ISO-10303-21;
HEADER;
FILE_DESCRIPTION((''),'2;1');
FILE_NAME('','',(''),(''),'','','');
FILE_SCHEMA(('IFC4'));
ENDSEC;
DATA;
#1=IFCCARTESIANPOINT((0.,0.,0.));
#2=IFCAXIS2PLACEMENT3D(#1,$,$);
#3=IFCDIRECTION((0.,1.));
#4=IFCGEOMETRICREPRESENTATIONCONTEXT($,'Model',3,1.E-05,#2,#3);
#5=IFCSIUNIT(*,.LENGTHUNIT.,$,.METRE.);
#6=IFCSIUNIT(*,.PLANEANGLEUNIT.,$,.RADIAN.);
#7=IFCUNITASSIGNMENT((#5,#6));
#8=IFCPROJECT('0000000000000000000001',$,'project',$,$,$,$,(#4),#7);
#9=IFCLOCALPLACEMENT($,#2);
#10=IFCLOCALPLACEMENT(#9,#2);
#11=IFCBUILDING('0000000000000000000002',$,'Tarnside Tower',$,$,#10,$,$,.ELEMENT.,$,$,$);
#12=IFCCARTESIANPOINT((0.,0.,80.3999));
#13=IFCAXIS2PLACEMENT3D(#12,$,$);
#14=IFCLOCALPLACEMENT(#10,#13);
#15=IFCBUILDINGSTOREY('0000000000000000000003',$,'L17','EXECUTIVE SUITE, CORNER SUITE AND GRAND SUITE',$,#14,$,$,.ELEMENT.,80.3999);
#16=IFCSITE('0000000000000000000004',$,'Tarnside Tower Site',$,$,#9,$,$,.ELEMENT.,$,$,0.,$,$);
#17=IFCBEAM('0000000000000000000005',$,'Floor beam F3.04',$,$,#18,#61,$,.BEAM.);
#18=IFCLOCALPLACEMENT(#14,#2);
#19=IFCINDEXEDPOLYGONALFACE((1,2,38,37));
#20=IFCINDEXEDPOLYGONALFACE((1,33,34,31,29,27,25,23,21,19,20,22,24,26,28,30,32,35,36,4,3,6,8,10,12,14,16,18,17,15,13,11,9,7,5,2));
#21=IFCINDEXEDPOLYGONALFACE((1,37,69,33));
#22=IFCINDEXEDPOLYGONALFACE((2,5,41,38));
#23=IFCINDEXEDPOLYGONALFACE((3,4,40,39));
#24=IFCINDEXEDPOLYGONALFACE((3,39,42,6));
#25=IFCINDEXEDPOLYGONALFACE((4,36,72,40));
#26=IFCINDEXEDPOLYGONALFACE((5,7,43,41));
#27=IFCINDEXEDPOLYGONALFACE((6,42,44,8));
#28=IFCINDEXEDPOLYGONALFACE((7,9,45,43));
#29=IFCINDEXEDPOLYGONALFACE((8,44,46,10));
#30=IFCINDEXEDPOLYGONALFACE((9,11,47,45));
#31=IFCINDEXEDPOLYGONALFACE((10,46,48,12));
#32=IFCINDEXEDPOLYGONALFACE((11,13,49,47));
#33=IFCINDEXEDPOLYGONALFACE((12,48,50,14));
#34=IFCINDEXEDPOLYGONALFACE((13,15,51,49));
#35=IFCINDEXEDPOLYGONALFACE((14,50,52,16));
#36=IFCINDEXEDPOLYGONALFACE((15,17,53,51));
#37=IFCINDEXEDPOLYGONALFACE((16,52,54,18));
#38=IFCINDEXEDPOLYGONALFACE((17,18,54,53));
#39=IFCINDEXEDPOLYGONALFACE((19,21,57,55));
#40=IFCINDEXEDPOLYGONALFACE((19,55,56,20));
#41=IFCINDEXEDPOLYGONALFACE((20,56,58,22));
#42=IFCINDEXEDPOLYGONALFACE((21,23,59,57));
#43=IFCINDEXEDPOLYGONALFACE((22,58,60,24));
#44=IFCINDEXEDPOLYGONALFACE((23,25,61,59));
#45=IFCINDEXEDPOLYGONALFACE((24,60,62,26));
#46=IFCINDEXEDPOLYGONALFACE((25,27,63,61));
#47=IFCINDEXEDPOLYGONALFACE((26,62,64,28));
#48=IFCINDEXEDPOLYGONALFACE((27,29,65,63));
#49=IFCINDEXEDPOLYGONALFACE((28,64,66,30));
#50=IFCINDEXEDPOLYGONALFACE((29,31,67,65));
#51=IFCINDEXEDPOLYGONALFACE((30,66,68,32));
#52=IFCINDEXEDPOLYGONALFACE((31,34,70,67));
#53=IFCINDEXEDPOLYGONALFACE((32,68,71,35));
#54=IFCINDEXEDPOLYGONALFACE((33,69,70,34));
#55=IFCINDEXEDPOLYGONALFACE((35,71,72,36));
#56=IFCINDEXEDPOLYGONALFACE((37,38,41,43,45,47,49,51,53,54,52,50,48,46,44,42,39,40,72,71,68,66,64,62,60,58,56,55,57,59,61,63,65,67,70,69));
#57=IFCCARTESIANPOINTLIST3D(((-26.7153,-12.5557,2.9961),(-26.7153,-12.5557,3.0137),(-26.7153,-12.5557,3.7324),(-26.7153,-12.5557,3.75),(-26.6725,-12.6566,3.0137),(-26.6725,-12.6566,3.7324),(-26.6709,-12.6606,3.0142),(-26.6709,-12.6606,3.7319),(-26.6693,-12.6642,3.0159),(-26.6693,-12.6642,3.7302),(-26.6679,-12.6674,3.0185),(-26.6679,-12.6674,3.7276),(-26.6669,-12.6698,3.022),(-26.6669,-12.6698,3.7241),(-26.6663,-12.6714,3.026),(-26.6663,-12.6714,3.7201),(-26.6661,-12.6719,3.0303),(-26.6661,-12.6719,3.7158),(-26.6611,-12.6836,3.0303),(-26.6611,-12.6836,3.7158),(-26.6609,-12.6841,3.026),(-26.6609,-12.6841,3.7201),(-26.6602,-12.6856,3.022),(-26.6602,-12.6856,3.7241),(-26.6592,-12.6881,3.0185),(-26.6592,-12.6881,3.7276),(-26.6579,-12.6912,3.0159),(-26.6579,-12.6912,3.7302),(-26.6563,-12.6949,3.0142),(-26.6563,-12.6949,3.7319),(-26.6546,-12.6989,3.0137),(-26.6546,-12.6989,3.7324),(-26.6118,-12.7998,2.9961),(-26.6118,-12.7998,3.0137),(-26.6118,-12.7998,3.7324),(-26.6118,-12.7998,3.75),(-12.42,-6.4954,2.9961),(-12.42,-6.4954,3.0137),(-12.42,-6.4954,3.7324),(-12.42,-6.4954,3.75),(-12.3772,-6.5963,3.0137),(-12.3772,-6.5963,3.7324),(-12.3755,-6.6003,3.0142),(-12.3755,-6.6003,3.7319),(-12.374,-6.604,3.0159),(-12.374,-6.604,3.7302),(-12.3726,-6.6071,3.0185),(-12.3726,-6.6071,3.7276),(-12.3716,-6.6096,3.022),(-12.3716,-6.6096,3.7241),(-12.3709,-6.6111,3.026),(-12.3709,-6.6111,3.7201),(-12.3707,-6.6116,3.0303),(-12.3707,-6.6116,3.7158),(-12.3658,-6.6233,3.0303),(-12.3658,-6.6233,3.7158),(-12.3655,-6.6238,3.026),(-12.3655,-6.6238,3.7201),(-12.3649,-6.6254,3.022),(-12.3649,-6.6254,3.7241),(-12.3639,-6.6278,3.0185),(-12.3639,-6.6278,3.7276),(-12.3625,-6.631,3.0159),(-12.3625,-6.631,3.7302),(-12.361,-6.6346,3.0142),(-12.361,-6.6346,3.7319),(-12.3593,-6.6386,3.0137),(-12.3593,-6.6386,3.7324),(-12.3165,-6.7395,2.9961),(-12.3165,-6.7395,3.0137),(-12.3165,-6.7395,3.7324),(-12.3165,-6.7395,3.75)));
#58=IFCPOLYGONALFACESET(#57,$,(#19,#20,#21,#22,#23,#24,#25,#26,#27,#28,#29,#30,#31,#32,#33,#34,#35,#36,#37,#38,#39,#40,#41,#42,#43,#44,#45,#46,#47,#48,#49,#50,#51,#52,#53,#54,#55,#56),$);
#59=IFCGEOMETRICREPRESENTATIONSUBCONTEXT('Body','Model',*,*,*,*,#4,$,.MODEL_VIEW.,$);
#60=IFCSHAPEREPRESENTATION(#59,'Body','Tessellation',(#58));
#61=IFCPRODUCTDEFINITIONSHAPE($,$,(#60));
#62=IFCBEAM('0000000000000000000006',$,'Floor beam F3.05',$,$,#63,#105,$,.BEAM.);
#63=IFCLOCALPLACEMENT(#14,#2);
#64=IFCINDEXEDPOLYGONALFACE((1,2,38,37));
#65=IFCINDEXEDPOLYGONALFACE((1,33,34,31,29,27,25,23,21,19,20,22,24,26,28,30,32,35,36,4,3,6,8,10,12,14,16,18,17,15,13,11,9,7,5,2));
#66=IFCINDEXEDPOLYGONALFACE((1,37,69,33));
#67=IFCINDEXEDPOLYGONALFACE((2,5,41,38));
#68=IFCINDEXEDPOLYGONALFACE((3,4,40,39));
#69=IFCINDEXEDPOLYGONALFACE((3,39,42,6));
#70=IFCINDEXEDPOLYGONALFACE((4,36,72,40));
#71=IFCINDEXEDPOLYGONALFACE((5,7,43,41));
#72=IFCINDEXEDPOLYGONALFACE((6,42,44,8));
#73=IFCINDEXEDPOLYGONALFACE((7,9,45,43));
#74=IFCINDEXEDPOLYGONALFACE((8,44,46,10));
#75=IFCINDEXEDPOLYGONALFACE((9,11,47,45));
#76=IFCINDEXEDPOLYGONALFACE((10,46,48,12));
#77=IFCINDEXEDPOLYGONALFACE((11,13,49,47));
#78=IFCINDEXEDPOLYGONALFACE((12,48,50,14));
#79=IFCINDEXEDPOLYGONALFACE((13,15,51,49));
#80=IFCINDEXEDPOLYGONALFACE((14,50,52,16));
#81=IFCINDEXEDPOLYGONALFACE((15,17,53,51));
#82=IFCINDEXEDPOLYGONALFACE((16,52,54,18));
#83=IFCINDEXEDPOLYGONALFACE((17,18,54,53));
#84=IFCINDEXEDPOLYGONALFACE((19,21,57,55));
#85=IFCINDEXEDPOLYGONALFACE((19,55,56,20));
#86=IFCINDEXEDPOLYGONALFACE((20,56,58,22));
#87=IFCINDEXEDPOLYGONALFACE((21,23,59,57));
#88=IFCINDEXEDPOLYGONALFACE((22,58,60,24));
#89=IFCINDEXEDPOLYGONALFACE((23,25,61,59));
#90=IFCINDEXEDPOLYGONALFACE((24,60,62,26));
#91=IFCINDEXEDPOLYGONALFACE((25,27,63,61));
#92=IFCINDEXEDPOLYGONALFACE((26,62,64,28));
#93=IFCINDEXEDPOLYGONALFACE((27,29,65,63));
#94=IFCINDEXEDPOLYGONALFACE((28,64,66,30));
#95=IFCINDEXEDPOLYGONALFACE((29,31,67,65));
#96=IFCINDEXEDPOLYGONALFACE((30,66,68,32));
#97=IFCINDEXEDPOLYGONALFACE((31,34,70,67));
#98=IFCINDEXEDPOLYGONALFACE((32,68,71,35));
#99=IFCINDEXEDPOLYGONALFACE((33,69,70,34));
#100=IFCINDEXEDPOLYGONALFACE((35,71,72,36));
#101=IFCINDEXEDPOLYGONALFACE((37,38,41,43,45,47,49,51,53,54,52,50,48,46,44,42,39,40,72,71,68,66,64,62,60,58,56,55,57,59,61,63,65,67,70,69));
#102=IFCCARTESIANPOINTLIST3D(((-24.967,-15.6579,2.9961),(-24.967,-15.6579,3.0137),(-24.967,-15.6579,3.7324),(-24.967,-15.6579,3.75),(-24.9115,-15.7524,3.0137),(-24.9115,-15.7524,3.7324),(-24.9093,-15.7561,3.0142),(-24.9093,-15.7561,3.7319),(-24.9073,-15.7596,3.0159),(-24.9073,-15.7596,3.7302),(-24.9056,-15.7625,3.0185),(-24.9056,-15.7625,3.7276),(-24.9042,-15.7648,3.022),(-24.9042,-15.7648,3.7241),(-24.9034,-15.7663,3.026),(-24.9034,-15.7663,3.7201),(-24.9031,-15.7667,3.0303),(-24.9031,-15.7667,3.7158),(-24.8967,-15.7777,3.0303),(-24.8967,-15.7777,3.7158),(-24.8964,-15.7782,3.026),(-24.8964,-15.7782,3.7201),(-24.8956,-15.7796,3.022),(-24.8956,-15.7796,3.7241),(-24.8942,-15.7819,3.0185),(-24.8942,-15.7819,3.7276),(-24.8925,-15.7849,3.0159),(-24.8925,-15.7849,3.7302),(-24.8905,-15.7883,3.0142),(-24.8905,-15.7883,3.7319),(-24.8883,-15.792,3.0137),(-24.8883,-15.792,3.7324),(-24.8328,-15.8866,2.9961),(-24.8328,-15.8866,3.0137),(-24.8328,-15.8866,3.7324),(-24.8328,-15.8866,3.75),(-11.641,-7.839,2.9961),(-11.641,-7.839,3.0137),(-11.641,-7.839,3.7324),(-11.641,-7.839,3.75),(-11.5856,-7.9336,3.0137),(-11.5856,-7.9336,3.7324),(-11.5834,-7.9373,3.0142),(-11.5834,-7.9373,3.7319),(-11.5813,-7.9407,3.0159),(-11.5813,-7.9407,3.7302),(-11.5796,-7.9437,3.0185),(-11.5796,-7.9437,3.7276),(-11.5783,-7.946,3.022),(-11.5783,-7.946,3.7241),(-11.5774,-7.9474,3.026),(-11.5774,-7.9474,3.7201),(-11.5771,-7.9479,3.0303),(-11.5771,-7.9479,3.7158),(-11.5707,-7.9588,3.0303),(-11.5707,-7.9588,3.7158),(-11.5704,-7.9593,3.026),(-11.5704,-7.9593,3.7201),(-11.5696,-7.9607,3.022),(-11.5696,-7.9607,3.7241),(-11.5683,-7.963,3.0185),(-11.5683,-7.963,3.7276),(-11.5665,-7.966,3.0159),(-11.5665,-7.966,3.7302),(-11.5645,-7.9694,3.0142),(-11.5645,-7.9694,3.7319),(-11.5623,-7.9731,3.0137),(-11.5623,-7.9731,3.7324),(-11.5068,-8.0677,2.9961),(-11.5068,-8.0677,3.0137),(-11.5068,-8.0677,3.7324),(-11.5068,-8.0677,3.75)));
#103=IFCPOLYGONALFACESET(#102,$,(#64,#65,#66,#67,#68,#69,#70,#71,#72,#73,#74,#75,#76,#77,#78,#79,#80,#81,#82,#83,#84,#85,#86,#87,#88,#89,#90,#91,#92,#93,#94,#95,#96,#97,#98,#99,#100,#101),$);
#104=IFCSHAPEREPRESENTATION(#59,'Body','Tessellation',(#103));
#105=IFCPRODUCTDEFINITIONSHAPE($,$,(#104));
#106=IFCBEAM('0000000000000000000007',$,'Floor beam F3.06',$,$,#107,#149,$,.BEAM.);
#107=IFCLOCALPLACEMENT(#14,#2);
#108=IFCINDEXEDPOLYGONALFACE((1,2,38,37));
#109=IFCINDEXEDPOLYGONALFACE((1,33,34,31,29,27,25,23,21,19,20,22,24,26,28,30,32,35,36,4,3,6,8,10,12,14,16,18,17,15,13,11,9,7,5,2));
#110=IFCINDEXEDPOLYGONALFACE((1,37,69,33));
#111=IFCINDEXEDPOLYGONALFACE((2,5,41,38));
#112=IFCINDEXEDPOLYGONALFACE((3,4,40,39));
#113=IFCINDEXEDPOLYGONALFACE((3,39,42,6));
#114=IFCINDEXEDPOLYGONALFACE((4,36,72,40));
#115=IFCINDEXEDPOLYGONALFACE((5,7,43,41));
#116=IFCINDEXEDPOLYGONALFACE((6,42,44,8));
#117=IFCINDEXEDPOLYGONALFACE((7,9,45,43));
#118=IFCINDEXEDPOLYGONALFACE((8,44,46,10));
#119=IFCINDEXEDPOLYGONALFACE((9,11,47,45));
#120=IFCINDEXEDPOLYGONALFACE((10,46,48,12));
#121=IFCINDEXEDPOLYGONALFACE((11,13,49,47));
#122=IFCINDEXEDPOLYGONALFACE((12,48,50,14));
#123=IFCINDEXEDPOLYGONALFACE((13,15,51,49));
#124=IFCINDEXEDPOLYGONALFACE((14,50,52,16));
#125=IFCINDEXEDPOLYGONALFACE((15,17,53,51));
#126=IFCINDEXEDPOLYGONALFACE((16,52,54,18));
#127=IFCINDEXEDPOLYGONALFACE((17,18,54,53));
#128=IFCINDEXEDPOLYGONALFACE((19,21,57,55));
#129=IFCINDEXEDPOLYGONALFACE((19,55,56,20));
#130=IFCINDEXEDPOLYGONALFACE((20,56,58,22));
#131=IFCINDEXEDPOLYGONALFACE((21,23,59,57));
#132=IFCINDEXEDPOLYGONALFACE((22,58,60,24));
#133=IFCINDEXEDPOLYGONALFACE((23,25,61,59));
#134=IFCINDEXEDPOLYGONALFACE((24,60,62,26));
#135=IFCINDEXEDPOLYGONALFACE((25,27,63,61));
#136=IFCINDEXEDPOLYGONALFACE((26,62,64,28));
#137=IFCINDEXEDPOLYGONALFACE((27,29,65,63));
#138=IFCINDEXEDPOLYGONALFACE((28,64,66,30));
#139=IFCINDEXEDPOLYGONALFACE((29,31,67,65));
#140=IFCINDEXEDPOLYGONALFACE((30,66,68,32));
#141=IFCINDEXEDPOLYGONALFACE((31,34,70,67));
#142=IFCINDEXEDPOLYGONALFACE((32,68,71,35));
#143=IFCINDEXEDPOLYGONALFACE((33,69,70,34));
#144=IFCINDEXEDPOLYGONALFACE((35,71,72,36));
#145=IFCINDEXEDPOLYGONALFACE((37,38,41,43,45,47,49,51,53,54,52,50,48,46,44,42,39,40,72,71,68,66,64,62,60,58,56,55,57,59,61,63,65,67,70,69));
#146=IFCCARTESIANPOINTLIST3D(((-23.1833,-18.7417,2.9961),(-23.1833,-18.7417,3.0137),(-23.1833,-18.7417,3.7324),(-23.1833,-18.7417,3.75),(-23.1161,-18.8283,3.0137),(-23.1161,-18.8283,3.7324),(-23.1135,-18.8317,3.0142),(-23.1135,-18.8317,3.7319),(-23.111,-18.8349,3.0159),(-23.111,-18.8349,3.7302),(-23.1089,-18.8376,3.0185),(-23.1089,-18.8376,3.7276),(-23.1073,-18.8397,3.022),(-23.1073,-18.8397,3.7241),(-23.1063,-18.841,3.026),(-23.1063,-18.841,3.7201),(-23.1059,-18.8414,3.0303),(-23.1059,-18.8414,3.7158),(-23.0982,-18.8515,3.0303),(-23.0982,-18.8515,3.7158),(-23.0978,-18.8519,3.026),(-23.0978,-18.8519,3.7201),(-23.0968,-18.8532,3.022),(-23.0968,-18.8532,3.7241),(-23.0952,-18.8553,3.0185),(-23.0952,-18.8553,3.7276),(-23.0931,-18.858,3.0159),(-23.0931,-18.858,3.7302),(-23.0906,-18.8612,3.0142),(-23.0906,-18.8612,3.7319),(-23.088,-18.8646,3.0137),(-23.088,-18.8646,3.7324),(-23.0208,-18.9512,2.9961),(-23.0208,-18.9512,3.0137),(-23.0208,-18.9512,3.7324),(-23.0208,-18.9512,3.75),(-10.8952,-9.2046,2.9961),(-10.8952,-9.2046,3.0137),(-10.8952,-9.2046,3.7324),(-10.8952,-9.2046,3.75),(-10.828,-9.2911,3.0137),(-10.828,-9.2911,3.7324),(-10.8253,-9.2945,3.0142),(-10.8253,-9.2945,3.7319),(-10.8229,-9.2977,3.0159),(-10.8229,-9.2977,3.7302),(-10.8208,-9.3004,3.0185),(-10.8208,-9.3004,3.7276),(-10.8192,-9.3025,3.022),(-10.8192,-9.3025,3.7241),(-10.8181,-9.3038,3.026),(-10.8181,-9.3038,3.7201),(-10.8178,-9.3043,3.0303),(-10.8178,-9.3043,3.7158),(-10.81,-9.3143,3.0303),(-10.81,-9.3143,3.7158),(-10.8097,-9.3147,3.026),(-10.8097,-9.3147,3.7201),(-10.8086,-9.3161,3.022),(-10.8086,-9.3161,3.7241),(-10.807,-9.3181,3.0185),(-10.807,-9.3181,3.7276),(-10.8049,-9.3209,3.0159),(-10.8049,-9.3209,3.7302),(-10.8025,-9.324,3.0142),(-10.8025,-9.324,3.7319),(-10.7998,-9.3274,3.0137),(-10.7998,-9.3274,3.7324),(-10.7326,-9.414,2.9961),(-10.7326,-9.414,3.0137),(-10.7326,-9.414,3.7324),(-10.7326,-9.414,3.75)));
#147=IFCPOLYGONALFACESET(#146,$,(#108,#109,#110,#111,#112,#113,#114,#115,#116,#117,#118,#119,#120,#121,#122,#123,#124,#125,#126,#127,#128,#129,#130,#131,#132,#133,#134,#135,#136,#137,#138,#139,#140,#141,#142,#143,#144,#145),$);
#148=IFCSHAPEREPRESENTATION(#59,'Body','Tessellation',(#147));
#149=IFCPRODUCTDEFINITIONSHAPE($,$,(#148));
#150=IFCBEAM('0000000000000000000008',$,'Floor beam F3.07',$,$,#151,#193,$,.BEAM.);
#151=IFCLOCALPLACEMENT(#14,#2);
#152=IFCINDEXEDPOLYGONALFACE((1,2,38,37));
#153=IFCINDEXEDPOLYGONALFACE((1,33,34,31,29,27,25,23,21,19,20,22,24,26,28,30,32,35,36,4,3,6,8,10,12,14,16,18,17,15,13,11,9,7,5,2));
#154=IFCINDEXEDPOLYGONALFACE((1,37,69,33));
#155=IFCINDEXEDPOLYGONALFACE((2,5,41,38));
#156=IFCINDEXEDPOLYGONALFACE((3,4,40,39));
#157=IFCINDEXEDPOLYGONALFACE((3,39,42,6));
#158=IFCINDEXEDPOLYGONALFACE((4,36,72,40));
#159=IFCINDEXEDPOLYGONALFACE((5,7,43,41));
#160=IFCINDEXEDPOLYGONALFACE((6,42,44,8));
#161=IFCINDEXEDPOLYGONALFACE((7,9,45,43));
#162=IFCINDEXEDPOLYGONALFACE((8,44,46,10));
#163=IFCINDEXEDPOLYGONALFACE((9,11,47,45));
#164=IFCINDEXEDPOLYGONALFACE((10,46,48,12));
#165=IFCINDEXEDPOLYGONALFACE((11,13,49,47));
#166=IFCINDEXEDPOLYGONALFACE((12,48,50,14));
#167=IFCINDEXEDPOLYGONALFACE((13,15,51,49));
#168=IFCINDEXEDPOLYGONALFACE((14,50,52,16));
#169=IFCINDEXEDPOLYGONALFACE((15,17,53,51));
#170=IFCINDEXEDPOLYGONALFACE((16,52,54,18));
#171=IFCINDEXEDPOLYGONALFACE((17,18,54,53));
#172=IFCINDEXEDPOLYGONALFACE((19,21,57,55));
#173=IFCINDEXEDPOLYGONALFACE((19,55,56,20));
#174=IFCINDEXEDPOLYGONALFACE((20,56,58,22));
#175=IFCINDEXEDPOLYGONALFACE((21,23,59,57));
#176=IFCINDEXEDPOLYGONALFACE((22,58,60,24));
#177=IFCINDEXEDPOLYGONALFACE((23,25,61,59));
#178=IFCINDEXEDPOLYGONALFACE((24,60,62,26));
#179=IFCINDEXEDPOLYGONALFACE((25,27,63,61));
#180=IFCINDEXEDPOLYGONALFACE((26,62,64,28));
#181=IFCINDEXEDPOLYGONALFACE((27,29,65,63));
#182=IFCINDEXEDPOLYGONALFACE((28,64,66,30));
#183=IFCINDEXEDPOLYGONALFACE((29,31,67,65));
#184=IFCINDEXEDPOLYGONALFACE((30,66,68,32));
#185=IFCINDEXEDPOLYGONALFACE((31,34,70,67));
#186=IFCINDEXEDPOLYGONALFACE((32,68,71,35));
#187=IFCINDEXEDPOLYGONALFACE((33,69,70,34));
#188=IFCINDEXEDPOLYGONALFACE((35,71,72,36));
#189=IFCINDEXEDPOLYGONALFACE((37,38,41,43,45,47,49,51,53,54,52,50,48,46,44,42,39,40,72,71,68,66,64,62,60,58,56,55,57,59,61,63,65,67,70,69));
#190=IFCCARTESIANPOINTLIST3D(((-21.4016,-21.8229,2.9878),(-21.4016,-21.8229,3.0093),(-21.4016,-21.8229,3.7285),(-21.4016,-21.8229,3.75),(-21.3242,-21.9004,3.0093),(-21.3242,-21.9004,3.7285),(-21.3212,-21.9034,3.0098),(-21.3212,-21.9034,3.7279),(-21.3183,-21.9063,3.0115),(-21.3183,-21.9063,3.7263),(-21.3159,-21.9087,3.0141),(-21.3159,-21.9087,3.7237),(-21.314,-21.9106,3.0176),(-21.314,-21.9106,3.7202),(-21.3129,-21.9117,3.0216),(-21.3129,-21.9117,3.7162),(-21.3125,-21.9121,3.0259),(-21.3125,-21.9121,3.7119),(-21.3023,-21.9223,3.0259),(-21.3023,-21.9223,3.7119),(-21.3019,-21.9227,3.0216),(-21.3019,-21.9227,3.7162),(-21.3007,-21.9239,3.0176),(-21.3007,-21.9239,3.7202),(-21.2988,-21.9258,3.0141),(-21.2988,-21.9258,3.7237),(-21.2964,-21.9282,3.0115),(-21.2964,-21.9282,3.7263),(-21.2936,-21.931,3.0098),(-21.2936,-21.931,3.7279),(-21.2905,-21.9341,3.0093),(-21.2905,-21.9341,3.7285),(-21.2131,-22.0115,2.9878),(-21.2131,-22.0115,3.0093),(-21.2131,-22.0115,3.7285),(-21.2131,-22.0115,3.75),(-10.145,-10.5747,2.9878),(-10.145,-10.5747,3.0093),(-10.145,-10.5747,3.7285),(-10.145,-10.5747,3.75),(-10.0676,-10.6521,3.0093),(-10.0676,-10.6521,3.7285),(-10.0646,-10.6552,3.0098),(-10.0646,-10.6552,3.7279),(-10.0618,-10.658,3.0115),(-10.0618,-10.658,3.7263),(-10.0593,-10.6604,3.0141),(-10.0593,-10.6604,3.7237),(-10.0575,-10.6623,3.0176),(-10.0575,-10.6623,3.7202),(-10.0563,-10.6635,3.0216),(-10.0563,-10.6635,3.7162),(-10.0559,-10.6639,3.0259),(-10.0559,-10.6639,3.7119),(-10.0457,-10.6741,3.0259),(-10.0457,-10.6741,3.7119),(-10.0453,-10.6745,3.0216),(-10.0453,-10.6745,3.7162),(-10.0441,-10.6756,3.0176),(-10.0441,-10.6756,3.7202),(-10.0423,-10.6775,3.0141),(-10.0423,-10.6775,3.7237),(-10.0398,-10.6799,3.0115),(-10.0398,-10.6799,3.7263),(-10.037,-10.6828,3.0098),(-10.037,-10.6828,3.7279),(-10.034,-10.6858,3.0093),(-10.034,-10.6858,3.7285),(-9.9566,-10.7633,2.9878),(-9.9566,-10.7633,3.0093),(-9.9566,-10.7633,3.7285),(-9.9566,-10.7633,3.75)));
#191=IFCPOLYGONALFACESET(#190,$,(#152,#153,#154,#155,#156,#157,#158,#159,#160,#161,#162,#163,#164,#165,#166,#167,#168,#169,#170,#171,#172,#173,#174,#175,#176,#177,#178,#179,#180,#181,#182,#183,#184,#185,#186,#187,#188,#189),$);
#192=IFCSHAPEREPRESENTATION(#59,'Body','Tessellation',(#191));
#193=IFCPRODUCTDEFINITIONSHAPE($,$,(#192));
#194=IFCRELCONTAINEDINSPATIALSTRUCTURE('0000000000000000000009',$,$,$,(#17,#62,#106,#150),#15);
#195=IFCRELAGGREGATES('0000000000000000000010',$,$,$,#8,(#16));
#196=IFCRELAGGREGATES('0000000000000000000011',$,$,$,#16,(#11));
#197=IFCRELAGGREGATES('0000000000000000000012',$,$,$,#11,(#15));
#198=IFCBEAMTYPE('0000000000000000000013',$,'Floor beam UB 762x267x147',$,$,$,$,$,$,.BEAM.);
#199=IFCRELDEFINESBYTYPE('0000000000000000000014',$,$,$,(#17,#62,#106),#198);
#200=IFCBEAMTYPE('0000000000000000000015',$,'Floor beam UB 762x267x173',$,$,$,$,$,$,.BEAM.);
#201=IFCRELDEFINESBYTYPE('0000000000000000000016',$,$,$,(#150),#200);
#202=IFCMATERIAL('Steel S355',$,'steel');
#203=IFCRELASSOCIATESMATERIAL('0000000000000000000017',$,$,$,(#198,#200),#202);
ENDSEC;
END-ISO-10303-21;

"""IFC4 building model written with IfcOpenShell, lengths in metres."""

from ifc_helpers import new_model, si_unit, direction, frame, origin, origin_2d, place, context, subcontext, project, spatial, i_section, extrude, material, material_profile, profile_set, type_object, element, save


model = new_model("IFC4")

# Units and contexts
model_context = context("Model", 3, precision=1e-05, world=origin(), true_north=direction((0.0, 1.0)))
body_context = subcontext(model_context, "Body", "Model", "MODEL_VIEW")
ifc_project = project(units=[si_unit("LENGTHUNIT", "METRE"), si_unit("PLANEANGLEUNIT", "RADIAN")], contexts=[model_context])

# Site, building, storey
site_placement = place(None, origin())
site = spatial("IfcSite", under=ifc_project, at=site_placement, Name="Tarnside Tower Site", CompositionType="ELEMENT", RefElevation=0.0)
building_placement = place(site_placement, origin())
building = spatial("IfcBuilding", under=site, at=building_placement, Name="Tarnside Tower", CompositionType="ELEMENT")
storey_placement = place(building_placement, frame((0.0, 0.0, 80.3999)))
storey = spatial("IfcBuildingStorey", under=building, at=storey_placement, Name="L17", Description="EXECUTIVE SUITE, CORNER SUITE AND GRAND SUITE", CompositionType="ELEMENT", Elevation=80.3999)

# Beams
ifc_material_1 = material(Name="Steel S355", Category="steel")
ifc_material_profile_1 = material_profile(ifc_material_1, i_section(OverallWidth=0.2651, OverallDepth=0.7539, WebThickness=0.0127, FlangeThickness=0.0176, FilletRadius=0.0166, at=origin_2d()), Name="UB 762x267x147")
ifc_profile_set_1 = profile_set([ifc_material_profile_1], Name="Steel S355")
beam_type_1 = type_object("IfcBeamType", Name="Floor beam UB 762x267x147", PredefinedType="BEAM", material=ifc_profile_set_1)
beam_1_placement = place(storey_placement, frame((-26.6636, -12.6777, 3.373), z_axis=(0.920684, 0.390309, 0.0), x_axis=(-0.390309, 0.920684, 0.0)))
element("IfcBeam", 1, at=beam_1_placement, inside=storey, type_object=beam_type_1, Name="Floor beam F3.04", PredefinedType="BEAM", context=body_context, shape_type="SweptSolid", body=[
    extrude(i_section(OverallWidth=0.2651, OverallDepth=0.7539, WebThickness=0.0127, FlangeThickness=0.0176, FilletRadius=0.0166, at=origin_2d()), origin(), (0.0, 0.0, 1.0), 15.5269),
])
beam_2_placement = place(storey_placement, frame((-24.8999, -15.7722, 3.373), z_axis=(0.862498, 0.506061, 0.0), x_axis=(-0.506061, 0.862498, 0.0)))
element("IfcBeam", 2, at=beam_2_placement, inside=storey, type_object=beam_type_1, Name="Floor beam F3.05", PredefinedType="BEAM", context=body_context, shape_type="SweptSolid", body=[
    extrude(i_section(OverallWidth=0.2651, OverallDepth=0.7539, WebThickness=0.0127, FlangeThickness=0.0176, FilletRadius=0.0166, at=origin_2d()), origin(), (0.0, 0.0, 1.0), 15.4504),
])
beam_3_placement = place(storey_placement, frame((-23.1021, -18.8464, 3.373), z_axis=(0.789984, 0.613128, 0.0), x_axis=(-0.613128, 0.789984, 0.0)))
element("IfcBeam", 3, at=beam_3_placement, inside=storey, type_object=beam_type_1, Name="Floor beam F3.06", PredefinedType="BEAM", context=body_context, shape_type="SweptSolid", body=[
    extrude(i_section(OverallWidth=0.2651, OverallDepth=0.7539, WebThickness=0.0127, FlangeThickness=0.0176, FilletRadius=0.0166, at=origin_2d()), origin(), (0.0, 0.0, 1.0), 15.5549),
])
ifc_material_profile_2 = material_profile(ifc_material_1, i_section(OverallWidth=0.2666, OverallDepth=0.7622, WebThickness=0.0144, FlangeThickness=0.0215, FilletRadius=0.0166, at=origin_2d()), Name="UB 762x267x173")
ifc_profile_set_2 = profile_set([ifc_material_profile_2], Name="Steel S355")
beam_type_2 = type_object("IfcBeamType", Name="Floor beam UB 762x267x173", PredefinedType="BEAM", material=ifc_profile_set_2)
beam_4_placement = place(storey_placement, frame((-21.3074, -21.9172, 3.3689), z_axis=(0.707368, 0.706846, 0.0), x_axis=(-0.706846, 0.707368, 0.0)))
element("IfcBeam", 4, at=beam_4_placement, inside=storey, type_object=beam_type_2, Name="Floor beam F3.07", PredefinedType="BEAM", context=body_context, shape_type="SweptSolid", body=[
    extrude(i_section(OverallWidth=0.2666, OverallDepth=0.7622, WebThickness=0.0144, FlangeThickness=0.0215, FilletRadius=0.0166, at=origin_2d()), origin(), (0.0, 0.0, 1.0), 15.9133),
])

save(model, "model.ifc")
